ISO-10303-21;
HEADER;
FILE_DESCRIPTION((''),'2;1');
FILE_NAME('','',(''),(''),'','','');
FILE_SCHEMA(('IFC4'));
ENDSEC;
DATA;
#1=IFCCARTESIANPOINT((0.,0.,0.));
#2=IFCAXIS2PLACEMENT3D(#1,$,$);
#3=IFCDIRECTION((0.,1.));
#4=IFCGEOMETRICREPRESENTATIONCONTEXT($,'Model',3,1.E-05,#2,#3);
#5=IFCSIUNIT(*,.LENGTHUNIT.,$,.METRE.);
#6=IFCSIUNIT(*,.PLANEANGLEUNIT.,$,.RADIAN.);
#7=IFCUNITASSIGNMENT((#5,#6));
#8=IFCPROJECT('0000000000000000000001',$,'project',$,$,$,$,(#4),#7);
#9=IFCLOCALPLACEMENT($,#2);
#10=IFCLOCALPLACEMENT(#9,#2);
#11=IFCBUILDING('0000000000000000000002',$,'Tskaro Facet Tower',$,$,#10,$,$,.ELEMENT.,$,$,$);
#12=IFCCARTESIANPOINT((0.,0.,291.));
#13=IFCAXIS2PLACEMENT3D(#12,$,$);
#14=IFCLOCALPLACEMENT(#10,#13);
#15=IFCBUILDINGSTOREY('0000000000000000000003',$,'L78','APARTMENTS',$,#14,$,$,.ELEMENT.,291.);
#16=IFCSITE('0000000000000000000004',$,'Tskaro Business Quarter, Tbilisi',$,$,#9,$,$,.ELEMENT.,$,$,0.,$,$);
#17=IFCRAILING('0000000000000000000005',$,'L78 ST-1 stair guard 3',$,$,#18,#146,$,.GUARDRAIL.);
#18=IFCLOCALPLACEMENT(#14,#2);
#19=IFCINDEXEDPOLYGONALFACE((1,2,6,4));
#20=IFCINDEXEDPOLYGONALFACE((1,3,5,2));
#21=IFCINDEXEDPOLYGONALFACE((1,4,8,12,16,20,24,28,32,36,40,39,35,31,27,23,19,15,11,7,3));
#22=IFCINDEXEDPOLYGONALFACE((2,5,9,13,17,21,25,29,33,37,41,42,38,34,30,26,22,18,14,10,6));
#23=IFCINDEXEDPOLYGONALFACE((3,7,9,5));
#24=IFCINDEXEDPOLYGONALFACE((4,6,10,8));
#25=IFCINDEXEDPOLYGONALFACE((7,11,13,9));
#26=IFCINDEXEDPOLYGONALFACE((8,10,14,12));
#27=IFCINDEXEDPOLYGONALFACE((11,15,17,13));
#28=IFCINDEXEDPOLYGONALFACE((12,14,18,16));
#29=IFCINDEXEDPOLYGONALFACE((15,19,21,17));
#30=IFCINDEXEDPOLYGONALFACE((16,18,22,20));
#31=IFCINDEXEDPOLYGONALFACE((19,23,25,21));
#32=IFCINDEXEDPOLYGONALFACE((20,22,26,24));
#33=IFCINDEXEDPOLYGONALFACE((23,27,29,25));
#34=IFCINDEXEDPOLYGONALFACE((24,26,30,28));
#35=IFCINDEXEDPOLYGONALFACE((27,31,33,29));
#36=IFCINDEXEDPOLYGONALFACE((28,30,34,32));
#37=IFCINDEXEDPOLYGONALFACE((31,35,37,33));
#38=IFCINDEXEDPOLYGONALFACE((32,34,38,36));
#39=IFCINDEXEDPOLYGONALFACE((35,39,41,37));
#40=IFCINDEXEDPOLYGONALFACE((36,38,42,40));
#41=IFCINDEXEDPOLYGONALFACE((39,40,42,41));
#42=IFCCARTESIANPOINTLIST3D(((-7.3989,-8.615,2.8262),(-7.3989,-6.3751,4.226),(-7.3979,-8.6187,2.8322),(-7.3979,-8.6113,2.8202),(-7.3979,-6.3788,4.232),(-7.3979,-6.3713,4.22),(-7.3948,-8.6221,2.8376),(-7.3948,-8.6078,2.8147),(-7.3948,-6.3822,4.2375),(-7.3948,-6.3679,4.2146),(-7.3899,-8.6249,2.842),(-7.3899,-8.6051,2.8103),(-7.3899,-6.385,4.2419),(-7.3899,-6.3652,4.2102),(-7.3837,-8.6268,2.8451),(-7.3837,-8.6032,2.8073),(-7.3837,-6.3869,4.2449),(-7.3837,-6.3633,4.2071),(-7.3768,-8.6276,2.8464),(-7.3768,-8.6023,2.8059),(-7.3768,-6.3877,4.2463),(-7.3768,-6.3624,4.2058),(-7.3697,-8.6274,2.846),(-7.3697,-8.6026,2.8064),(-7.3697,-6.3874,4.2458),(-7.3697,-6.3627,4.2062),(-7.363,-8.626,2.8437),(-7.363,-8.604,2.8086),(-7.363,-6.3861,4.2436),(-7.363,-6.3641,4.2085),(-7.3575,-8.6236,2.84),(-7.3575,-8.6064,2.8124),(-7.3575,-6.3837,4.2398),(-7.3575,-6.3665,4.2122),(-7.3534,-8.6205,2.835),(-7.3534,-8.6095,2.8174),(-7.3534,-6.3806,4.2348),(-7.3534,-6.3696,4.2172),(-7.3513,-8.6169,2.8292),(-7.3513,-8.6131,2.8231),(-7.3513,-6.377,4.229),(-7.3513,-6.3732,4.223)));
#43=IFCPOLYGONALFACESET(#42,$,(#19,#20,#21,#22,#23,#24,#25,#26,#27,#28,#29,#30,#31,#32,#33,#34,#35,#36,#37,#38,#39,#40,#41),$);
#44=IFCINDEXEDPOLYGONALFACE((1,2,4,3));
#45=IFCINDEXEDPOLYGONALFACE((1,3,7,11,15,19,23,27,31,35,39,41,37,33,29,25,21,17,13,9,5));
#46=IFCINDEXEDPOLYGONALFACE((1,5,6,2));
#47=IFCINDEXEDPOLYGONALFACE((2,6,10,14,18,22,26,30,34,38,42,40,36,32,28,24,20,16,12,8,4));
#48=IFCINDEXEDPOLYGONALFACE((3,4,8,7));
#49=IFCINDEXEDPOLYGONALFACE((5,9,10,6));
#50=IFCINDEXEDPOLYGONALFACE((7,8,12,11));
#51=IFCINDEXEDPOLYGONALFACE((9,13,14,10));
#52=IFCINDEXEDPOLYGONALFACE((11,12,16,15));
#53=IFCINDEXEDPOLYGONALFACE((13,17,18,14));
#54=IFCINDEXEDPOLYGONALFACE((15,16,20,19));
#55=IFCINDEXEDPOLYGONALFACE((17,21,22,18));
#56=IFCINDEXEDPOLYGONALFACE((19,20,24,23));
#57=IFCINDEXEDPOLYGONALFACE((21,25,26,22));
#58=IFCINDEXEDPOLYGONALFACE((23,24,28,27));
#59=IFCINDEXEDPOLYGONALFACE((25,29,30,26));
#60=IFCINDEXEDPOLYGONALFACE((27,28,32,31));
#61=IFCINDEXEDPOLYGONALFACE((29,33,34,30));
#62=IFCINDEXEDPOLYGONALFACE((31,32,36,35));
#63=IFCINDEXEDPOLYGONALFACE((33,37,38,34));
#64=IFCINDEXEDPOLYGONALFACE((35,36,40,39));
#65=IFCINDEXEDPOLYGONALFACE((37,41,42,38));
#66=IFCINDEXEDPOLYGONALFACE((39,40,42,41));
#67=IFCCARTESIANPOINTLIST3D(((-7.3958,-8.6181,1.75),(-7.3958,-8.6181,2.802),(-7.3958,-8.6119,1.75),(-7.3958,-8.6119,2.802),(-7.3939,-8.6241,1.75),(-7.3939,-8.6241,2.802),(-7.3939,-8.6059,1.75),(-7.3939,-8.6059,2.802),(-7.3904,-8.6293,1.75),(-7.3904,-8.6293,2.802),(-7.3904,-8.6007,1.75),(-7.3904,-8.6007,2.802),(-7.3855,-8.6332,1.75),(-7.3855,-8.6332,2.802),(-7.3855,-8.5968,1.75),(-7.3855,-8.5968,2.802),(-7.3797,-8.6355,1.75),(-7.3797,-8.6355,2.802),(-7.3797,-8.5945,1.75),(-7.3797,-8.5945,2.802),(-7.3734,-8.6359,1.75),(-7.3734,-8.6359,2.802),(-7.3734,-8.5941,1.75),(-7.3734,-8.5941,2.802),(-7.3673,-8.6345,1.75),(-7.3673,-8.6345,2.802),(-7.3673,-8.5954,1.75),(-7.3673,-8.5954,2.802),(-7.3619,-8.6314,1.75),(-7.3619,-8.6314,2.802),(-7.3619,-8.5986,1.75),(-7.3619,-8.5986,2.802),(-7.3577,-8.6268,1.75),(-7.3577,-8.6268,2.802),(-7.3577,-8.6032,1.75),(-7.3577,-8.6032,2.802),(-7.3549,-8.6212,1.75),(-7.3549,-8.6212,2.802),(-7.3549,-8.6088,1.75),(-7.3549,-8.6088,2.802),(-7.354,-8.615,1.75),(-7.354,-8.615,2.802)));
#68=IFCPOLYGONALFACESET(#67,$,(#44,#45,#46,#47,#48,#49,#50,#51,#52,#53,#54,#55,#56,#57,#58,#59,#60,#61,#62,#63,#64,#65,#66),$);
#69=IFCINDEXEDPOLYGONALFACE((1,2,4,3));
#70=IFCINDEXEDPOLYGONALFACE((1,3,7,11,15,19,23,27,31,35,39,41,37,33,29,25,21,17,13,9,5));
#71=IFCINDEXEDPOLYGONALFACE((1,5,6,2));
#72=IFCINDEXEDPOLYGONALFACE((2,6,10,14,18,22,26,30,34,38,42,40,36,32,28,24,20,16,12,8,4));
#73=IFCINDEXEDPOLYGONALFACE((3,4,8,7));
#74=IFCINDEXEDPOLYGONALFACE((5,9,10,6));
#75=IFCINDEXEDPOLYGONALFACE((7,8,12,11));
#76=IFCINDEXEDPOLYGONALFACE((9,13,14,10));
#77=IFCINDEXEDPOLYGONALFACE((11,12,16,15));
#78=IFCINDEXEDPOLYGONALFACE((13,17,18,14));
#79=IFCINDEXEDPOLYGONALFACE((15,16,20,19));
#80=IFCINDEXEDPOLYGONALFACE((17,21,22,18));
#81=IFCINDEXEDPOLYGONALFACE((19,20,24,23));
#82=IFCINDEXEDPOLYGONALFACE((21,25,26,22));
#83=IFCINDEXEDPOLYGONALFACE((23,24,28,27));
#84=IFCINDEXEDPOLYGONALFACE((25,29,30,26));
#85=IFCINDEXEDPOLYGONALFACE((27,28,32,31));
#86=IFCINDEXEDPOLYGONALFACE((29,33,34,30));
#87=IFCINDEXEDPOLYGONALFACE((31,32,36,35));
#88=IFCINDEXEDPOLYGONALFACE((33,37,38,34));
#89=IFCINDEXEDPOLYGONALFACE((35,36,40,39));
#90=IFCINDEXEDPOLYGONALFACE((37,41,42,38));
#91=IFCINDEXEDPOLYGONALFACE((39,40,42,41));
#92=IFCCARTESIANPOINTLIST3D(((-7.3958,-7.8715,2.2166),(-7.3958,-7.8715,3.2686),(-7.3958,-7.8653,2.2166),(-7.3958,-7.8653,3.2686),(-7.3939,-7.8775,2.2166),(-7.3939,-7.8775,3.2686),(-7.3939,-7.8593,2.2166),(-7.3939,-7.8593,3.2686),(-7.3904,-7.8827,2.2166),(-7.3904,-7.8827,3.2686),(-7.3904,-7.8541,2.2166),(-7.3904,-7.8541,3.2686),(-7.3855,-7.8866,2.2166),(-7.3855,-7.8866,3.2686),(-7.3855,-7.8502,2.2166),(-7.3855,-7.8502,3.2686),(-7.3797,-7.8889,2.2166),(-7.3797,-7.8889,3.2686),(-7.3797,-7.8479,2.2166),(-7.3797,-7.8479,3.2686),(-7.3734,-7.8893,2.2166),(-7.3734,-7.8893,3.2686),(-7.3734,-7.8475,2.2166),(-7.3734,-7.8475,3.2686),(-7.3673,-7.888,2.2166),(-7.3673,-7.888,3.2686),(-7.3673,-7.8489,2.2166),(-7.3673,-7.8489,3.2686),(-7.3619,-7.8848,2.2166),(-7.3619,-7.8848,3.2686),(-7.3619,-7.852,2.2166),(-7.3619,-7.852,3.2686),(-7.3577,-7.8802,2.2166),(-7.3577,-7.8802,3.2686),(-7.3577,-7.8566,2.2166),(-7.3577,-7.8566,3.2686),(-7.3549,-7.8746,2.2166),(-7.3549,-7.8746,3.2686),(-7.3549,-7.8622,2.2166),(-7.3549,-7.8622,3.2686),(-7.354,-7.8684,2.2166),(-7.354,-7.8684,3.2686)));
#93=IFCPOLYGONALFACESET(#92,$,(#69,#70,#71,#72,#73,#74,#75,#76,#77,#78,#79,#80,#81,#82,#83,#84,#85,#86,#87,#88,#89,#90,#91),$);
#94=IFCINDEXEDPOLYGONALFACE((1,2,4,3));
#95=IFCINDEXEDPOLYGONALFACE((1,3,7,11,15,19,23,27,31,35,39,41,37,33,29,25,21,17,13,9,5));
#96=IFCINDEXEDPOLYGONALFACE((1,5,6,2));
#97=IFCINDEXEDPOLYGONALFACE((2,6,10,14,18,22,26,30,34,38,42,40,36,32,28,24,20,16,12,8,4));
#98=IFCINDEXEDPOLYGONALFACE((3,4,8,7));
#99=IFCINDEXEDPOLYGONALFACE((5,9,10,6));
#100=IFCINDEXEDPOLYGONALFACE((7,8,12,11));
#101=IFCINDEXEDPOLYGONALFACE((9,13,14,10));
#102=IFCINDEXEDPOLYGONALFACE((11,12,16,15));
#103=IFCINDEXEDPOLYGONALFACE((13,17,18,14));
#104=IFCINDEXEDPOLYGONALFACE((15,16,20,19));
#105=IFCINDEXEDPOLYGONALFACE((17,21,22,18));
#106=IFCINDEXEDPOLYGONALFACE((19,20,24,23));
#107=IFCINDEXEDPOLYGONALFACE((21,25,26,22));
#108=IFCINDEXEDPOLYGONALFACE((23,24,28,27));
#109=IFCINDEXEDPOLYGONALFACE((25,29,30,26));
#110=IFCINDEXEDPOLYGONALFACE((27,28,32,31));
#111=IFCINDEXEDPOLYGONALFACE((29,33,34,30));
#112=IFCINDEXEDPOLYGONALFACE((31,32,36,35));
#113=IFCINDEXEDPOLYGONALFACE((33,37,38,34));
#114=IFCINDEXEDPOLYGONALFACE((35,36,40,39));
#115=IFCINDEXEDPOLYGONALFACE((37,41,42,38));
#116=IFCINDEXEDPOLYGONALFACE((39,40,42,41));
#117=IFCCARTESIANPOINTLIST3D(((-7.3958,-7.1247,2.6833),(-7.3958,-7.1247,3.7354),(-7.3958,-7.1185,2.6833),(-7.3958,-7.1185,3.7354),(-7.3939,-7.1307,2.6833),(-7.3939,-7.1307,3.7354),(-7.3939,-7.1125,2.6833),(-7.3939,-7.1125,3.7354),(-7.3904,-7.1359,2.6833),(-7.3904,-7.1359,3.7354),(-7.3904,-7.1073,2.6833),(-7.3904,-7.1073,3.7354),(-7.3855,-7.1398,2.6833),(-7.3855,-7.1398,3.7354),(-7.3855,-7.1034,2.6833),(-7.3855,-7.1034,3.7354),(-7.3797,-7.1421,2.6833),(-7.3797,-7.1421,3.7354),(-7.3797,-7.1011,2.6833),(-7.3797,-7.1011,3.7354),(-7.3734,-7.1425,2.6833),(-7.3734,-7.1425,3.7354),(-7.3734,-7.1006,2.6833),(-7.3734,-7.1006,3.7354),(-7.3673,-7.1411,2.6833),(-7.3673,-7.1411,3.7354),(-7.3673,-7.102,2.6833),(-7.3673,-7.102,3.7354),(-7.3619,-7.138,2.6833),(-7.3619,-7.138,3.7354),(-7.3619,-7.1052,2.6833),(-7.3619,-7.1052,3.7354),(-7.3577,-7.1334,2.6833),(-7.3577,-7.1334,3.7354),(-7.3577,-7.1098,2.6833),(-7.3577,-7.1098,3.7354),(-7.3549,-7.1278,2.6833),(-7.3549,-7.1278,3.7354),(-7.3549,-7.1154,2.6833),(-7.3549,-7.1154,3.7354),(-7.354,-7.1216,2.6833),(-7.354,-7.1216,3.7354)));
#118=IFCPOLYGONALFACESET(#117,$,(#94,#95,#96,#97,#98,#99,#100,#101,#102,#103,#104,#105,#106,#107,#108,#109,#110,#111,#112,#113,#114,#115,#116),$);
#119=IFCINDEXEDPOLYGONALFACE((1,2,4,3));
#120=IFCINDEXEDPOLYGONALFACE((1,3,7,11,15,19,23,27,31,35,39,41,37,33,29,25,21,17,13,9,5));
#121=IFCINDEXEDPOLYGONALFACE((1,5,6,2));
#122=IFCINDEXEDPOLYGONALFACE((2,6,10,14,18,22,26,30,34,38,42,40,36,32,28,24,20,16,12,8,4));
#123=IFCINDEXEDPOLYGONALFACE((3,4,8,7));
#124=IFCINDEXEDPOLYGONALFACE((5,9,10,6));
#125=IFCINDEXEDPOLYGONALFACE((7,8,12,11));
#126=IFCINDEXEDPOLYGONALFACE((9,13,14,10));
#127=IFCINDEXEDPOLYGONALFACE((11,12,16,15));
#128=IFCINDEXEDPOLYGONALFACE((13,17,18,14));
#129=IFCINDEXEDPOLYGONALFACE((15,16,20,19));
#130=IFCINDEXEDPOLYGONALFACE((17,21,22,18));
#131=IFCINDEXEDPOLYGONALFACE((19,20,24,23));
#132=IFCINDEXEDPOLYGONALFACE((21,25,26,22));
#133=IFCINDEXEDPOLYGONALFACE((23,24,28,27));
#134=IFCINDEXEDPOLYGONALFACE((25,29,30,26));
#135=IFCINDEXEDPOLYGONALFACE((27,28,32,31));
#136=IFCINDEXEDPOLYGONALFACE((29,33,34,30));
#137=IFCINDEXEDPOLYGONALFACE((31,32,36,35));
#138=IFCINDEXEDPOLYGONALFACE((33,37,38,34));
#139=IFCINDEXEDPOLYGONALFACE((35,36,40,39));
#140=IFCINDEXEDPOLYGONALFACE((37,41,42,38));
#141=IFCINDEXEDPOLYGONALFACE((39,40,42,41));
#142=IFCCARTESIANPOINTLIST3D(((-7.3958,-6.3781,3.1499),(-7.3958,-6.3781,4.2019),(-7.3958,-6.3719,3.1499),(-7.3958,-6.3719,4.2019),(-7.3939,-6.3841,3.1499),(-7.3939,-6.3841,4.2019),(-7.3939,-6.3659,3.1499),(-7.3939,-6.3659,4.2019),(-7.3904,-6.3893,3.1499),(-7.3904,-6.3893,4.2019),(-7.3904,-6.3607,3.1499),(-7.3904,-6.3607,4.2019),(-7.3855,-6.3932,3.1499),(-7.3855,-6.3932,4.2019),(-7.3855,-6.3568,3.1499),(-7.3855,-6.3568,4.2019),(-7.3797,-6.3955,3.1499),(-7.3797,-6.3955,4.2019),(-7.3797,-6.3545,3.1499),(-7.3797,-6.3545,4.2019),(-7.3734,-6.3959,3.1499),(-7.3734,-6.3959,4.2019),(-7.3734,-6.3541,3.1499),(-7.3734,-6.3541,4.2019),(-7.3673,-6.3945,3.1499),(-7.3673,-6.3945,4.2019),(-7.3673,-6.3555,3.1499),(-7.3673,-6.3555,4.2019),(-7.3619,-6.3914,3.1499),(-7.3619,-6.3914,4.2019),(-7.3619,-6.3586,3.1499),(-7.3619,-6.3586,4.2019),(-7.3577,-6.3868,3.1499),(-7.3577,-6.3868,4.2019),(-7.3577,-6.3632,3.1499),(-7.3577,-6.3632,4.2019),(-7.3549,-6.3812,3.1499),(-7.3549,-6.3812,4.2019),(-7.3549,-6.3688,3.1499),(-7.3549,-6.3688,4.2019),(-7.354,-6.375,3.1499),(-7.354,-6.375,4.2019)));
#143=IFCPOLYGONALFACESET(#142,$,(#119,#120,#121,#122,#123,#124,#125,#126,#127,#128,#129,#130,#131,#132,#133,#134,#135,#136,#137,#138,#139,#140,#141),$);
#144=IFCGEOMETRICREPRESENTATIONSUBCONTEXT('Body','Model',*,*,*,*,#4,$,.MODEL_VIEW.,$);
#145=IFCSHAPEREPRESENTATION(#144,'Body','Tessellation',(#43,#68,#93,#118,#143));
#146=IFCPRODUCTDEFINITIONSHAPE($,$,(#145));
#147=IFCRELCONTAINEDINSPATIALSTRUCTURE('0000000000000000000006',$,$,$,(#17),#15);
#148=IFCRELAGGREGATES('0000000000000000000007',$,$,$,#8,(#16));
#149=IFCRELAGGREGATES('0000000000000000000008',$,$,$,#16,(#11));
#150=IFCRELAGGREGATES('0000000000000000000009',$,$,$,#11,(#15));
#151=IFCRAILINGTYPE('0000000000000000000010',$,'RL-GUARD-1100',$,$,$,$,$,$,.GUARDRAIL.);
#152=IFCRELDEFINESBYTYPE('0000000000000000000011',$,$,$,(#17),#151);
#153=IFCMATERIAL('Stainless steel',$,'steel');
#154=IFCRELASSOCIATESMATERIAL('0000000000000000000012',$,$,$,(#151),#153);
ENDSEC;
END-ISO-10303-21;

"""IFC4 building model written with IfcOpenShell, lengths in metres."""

from ifc_helpers import new_model, si_unit, direction, frame, origin, origin_2d, place, context, subcontext, project, spatial, circle, extrude, material, type_object, element, save


model = new_model("IFC4")

# Units and contexts
model_context = context("Model", 3, precision=1e-05, world=origin(), true_north=direction((0.0, 1.0)))
body_context = subcontext(model_context, "Body", "Model", "MODEL_VIEW")
ifc_project = project(units=[si_unit("LENGTHUNIT", "METRE"), si_unit("PLANEANGLEUNIT", "RADIAN")], contexts=[model_context])

# Site, building, storey
site_placement = place(None, origin())
site = spatial("IfcSite", under=ifc_project, at=site_placement, Name="Tskaro Business Quarter, Tbilisi", CompositionType="ELEMENT", RefElevation=0.0)
building_placement = place(site_placement, origin())
building = spatial("IfcBuilding", under=site, at=building_placement, Name="Tskaro Facet Tower", CompositionType="ELEMENT")
storey_placement = place(building_placement, frame((0.0, 0.0, 291.0)))
storey = spatial("IfcBuildingStorey", under=building, at=storey_placement, Name="L78", Description="APARTMENTS", CompositionType="ELEMENT", Elevation=291.0)

# Shared definitions
ifc_material_1 = material(Name="Stainless steel", Category="steel")

# Railing
railing_type_1 = type_object("IfcRailingType", Name="RL-GUARD-1100", PredefinedType="GUARDRAIL", material=ifc_material_1)
railing_1_placement = place(storey_placement, frame((-7.375, -8.615, 1.75)))
element("IfcRailing", 1, at=railing_1_placement, inside=storey, type_object=railing_type_1, Name="L78 ST-1 stair guard 3", PredefinedType="GUARDRAIL", context=body_context, shape_type="SweptSolid", body=[
    extrude(circle(Radius=0.0239, at=origin_2d()), frame((0.0, 0.0, 1.0762), z_axis=(0.0, 0.848014, 0.529974), x_axis=(-1.0, 0.0, 0.0)), (0.0, 0.0, 1.0), 2.6414),
    extrude(circle(Radius=0.021, at=origin_2d()), origin(), (0.0, 0.0, 1.0), 1.052),
    extrude(circle(Radius=0.021, at=origin_2d()), frame((0.0, 0.7466, 0.4666)), (0.0, 0.0, 1.0), 1.052),
    extrude(circle(Radius=0.021, at=origin_2d()), frame((0.0, 1.4934, 0.9333)), (0.0, 0.0, 1.0), 1.052),
    extrude(circle(Radius=0.021, at=origin_2d()), frame((0.0, 2.24, 1.3999)), (0.0, 0.0, 1.0), 1.052),
])

save(model, "model.ifc")
